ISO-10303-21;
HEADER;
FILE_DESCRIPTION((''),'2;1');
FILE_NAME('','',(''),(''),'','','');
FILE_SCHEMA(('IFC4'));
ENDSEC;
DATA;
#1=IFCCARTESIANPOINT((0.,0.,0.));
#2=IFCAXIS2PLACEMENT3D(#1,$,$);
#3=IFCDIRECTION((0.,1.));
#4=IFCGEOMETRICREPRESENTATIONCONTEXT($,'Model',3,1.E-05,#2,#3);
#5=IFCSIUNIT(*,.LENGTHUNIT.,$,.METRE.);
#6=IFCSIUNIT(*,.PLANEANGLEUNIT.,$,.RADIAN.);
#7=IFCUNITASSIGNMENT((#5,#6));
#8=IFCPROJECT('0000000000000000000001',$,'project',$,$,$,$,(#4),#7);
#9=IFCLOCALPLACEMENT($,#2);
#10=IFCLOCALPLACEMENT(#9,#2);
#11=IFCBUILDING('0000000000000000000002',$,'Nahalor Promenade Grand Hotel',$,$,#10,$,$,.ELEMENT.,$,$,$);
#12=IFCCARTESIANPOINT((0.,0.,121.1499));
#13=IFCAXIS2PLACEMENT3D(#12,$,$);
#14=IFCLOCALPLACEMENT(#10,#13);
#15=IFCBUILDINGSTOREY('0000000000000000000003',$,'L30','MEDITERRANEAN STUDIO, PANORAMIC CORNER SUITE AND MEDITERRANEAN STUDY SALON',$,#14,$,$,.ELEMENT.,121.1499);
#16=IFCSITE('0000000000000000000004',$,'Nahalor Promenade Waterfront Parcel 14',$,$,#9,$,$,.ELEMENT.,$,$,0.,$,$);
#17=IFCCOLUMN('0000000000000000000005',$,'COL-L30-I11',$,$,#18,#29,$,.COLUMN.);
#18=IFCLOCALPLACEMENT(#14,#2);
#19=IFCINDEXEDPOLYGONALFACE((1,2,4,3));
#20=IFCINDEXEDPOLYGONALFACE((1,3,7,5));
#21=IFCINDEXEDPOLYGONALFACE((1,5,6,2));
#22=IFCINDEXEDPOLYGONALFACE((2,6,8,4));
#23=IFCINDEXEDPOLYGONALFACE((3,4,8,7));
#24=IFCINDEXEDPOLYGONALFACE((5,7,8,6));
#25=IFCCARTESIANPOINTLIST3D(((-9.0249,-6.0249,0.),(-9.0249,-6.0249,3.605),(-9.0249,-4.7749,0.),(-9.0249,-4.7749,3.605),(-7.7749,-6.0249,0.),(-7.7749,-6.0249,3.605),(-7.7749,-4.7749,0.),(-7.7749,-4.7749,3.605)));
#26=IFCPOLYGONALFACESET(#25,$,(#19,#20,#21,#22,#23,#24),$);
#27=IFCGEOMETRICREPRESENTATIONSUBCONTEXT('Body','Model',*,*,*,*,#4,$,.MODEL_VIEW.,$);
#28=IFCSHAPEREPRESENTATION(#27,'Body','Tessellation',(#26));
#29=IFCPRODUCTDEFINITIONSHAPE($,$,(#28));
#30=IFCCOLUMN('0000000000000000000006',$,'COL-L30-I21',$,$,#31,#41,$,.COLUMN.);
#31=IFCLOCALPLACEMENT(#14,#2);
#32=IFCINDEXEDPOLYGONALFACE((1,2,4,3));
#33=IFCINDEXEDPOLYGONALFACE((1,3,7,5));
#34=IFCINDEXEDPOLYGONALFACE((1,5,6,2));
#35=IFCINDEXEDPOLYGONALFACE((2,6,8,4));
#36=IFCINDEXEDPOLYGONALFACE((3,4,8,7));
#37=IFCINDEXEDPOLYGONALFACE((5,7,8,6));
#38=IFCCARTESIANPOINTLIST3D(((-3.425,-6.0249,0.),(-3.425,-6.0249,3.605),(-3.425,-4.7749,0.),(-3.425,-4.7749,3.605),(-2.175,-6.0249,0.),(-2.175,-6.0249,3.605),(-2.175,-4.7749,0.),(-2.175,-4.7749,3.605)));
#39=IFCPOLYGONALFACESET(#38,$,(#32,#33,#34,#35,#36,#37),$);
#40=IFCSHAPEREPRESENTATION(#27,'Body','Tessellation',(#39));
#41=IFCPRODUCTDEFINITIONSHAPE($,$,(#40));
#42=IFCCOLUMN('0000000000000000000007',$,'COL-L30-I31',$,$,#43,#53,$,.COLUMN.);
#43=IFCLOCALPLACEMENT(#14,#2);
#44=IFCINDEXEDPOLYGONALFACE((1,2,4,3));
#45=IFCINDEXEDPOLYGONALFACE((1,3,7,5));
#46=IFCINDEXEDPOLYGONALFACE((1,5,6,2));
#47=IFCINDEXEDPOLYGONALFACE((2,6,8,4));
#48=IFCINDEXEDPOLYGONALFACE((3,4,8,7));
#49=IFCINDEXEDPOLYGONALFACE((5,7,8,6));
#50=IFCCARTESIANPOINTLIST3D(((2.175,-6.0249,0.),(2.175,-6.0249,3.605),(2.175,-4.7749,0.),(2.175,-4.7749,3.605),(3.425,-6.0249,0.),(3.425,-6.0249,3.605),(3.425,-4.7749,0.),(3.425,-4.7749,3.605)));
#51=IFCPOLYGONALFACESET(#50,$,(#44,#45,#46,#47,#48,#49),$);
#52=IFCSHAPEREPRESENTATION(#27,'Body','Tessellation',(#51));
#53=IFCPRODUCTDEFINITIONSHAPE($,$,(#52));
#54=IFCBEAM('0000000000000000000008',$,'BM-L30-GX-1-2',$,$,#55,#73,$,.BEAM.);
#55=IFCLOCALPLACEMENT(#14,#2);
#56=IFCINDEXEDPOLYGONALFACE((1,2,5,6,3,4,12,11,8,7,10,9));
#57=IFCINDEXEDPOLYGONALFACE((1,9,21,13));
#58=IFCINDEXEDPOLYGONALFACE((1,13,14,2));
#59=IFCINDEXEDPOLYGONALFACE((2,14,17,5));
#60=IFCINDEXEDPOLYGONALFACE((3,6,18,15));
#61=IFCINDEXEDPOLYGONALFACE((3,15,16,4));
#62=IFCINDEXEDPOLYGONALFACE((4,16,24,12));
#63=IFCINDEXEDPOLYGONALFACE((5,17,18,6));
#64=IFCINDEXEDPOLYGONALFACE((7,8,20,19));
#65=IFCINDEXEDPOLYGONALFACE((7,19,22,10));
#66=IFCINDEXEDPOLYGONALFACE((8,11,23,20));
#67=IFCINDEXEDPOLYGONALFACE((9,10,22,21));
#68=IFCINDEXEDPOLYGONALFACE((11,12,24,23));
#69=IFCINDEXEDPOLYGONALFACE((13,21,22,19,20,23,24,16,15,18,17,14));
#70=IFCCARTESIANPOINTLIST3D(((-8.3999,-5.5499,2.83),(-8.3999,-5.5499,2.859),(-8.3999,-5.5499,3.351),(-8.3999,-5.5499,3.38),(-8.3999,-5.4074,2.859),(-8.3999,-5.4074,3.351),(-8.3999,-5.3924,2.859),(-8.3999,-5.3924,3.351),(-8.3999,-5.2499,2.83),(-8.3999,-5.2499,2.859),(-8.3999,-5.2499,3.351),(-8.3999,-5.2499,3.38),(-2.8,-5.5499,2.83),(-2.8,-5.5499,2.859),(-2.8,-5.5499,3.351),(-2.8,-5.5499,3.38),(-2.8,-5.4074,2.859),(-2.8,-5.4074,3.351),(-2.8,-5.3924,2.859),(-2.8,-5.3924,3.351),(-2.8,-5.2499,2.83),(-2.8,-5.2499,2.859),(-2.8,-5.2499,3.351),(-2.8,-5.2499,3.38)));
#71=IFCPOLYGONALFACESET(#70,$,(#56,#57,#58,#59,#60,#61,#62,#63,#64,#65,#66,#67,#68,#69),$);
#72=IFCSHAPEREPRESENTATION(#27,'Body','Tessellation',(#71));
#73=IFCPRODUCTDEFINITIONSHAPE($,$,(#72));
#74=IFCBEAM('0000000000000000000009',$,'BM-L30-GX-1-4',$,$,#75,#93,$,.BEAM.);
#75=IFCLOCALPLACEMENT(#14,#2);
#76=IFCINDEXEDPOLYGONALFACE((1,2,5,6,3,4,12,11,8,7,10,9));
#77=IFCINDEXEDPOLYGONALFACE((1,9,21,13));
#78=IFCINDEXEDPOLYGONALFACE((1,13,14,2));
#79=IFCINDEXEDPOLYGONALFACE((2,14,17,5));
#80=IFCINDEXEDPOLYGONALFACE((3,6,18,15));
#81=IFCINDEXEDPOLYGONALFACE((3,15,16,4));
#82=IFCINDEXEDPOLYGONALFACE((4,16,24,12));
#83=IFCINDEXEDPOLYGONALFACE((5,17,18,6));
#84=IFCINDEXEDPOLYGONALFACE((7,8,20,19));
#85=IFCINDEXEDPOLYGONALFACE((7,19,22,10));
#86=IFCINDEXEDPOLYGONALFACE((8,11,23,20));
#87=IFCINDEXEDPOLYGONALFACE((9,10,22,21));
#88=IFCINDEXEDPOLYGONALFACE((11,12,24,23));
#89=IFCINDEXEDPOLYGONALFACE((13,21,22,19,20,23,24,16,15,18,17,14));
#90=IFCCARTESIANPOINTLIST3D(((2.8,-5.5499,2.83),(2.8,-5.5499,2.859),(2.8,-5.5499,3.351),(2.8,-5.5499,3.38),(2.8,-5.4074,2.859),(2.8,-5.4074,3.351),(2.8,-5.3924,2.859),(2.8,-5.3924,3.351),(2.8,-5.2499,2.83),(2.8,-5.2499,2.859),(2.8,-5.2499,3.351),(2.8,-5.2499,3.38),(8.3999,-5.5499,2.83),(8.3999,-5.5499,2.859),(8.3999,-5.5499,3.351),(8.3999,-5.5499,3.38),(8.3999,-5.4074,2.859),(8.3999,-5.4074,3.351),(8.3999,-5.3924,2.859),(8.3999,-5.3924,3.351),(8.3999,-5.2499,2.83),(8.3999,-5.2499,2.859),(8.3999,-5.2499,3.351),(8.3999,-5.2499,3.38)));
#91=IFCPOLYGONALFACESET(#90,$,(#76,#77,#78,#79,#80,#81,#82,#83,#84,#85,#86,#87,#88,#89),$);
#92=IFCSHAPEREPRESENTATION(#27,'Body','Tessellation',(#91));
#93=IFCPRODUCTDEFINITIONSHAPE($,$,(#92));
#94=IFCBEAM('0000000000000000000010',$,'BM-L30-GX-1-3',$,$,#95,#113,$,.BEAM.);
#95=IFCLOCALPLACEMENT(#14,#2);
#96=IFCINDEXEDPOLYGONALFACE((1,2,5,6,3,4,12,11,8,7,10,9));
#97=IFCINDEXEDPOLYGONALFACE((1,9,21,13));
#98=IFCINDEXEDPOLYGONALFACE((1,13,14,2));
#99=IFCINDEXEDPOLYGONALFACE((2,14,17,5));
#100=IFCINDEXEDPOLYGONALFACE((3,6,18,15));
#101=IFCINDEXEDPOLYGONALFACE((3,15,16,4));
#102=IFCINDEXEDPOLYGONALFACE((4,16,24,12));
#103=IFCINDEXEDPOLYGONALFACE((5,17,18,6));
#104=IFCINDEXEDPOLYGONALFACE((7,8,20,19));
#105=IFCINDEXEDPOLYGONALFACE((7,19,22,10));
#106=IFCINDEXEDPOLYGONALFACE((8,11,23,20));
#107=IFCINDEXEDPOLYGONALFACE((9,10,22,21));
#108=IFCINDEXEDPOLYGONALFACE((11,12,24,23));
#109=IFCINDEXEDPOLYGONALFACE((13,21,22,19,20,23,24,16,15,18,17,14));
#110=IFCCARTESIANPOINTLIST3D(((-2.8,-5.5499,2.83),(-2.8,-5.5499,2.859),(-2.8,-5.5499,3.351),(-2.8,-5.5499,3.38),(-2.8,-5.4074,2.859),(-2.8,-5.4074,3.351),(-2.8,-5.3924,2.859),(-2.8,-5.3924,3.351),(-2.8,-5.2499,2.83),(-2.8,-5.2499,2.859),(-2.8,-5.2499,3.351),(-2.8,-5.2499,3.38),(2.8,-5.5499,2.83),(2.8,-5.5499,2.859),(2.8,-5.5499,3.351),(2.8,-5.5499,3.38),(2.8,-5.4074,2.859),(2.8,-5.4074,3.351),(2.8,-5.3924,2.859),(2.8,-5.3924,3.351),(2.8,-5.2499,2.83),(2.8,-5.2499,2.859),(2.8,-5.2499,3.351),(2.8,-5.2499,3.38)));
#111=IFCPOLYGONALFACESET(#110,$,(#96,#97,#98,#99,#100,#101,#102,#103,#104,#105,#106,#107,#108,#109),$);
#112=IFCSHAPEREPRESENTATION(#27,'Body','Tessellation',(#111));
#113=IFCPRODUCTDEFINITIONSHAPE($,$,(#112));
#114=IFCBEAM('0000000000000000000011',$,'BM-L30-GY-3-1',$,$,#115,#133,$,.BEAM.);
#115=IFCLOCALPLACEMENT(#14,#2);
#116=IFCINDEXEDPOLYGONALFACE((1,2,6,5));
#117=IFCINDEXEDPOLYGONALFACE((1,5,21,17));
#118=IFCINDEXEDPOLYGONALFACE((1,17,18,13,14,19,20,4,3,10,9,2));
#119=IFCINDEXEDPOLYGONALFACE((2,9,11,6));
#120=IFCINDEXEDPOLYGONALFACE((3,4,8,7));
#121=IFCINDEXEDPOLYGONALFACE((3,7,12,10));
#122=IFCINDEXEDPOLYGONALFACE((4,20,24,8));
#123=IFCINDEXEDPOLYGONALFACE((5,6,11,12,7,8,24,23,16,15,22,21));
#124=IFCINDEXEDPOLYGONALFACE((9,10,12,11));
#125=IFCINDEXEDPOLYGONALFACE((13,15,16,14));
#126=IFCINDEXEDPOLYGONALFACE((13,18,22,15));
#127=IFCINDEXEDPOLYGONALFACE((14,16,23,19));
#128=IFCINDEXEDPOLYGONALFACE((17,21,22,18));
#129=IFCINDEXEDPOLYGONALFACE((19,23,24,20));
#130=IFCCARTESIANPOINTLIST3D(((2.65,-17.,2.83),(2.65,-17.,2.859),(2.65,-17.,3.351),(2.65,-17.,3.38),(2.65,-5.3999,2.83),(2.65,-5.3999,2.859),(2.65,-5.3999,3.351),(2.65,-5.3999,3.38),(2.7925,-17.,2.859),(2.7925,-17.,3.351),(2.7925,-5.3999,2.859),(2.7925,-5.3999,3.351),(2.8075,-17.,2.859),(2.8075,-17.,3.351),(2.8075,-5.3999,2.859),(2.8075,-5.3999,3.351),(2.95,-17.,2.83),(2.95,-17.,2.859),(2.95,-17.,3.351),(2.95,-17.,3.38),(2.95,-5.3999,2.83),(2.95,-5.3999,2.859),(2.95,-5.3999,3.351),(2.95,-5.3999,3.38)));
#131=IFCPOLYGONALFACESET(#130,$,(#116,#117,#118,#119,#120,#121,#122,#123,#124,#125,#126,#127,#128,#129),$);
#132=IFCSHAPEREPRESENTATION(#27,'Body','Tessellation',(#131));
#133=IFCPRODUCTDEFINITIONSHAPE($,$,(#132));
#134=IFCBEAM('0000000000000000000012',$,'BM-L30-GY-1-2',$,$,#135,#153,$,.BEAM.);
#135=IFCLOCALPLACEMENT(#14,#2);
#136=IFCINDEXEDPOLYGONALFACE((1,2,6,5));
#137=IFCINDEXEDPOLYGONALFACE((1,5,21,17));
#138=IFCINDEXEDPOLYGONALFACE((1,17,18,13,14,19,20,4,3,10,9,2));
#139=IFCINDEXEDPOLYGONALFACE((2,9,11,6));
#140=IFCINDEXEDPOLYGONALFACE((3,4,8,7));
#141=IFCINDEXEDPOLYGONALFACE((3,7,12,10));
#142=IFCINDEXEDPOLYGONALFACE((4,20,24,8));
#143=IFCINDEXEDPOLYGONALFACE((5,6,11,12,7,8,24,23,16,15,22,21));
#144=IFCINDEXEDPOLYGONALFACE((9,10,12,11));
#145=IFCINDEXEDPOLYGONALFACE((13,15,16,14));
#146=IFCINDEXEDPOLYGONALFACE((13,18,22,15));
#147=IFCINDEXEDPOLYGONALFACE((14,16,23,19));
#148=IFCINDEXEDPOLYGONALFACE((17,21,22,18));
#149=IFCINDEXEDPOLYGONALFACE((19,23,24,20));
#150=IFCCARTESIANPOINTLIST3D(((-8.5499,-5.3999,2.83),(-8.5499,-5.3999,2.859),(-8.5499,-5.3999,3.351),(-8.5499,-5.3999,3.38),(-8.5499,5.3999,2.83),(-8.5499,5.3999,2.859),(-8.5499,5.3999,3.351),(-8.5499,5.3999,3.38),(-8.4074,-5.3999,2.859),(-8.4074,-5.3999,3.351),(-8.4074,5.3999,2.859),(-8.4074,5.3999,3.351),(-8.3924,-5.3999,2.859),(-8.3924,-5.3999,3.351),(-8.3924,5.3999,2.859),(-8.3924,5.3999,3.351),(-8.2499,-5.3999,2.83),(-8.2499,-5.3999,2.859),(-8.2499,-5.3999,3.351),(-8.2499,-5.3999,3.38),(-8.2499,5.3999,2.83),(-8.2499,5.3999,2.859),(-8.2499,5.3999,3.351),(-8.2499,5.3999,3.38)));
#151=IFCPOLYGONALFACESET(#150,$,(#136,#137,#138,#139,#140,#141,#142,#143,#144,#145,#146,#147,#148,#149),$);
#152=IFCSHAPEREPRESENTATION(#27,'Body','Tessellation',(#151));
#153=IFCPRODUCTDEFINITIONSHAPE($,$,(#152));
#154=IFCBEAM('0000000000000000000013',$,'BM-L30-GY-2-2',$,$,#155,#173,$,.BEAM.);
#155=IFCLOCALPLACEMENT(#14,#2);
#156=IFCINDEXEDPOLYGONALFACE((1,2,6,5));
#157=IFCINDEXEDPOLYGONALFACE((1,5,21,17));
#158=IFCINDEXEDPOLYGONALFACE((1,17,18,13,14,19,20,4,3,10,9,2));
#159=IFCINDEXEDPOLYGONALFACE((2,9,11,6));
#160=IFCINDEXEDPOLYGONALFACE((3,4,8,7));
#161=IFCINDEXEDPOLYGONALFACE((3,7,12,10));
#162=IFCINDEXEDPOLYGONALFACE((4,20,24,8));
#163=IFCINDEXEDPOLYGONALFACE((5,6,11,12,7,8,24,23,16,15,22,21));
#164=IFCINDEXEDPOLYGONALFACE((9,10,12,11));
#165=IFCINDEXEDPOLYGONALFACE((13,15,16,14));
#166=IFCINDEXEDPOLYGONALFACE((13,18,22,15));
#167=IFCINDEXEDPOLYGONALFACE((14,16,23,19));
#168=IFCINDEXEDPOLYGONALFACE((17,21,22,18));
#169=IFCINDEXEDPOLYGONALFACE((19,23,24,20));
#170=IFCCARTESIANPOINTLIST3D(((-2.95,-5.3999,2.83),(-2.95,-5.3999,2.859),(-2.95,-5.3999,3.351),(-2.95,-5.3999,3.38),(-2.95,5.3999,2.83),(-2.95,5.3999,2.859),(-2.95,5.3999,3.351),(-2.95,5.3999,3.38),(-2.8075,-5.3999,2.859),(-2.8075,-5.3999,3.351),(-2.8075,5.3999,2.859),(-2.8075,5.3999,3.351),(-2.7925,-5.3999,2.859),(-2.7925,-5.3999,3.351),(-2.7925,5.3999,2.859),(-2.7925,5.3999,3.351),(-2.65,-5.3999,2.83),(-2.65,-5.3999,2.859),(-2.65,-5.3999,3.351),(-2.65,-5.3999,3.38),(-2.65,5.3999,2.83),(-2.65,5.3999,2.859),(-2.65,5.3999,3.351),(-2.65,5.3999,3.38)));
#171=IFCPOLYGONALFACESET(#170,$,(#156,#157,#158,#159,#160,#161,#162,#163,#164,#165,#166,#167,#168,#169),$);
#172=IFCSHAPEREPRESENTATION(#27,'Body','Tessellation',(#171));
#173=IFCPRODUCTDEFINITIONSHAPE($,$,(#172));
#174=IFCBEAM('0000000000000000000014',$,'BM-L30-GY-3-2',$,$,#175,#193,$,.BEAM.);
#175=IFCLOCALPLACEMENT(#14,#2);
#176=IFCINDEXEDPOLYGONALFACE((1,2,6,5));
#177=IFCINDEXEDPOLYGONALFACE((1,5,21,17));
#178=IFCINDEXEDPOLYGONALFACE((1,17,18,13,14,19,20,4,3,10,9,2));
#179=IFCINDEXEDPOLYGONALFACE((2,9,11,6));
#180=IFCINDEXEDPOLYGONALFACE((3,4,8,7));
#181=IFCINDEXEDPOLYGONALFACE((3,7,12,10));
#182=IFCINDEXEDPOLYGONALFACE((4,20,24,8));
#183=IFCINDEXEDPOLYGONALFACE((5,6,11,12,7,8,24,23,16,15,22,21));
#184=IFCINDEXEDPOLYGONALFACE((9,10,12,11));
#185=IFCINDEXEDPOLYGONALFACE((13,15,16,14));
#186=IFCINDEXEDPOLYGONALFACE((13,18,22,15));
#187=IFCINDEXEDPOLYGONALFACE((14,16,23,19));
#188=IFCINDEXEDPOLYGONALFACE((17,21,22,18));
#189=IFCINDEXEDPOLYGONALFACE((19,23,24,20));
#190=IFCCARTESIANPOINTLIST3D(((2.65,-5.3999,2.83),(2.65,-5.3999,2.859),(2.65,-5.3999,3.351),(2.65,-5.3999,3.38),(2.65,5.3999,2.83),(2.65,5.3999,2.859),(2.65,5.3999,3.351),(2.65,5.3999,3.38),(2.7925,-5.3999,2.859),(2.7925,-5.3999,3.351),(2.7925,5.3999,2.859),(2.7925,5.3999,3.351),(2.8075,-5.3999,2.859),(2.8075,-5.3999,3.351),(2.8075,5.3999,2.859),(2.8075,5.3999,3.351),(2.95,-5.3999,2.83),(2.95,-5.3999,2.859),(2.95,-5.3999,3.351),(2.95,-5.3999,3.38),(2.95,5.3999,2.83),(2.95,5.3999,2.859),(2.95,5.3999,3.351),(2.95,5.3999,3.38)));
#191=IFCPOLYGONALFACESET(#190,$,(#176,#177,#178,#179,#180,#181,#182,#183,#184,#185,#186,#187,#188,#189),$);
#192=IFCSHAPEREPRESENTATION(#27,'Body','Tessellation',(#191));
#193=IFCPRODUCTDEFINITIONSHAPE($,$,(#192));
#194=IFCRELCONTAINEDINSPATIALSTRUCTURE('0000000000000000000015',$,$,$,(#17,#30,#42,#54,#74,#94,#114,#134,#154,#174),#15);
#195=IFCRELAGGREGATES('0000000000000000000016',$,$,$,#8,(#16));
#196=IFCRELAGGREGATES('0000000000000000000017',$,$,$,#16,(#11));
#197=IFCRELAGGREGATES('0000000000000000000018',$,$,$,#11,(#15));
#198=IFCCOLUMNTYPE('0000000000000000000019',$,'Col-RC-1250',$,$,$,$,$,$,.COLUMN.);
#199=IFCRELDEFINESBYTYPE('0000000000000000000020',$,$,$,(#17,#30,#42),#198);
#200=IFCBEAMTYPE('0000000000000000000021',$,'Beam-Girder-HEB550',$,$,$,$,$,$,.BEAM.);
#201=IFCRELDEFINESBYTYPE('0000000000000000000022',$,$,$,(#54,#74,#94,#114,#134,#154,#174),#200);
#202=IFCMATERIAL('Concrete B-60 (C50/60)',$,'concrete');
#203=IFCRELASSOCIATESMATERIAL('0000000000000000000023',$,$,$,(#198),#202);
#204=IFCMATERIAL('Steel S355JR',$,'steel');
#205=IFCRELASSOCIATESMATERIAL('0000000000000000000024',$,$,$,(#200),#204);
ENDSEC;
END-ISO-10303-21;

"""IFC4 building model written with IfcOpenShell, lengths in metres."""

from ifc_helpers import new_model, si_unit, direction, frame, origin, origin_2d, place, context, subcontext, project, spatial, rectangle, i_section, extrude, source, transform, mapped, material, material_profile, profile_set, type_object, element, save


model = new_model("IFC4")

# Units and contexts
model_context = context("Model", 3, precision=1e-05, world=origin(), true_north=direction((0.0, 1.0)))
body_context = subcontext(model_context, "Body", "Model", "MODEL_VIEW")
ifc_project = project(units=[si_unit("LENGTHUNIT", "METRE"), si_unit("PLANEANGLEUNIT", "RADIAN")], contexts=[model_context])

# Site, building, storey
site_placement = place(None, origin())
site = spatial("IfcSite", under=ifc_project, at=site_placement, Name="Nahalor Promenade Waterfront Parcel 14", CompositionType="ELEMENT", RefElevation=0.0)
building_placement = place(site_placement, origin())
building = spatial("IfcBuilding", under=site, at=building_placement, Name="Nahalor Promenade Grand Hotel", CompositionType="ELEMENT")
storey_placement = place(building_placement, frame((0.0, 0.0, 121.1499)))
storey = spatial("IfcBuildingStorey", under=building, at=storey_placement, Name="L30", Description="MEDITERRANEAN STUDIO, PANORAMIC CORNER SUITE AND MEDITERRANEAN STUDY SALON", CompositionType="ELEMENT", Elevation=121.1499)

# Columns
ifc_material_1 = material(Name="Concrete B-60 (C50/60)", Category="concrete")
ifc_material_profile_1 = material_profile(ifc_material_1, rectangle(XDim=1.25, YDim=1.25, at=origin_2d()), Name="RC 1250x1250")
ifc_profile_set_1 = profile_set([ifc_material_profile_1], Name="Concrete B-60 (C50/60)")
column_type = type_object("IfcColumnType", Name="Col-RC-1250", PredefinedType="COLUMN", material=ifc_profile_set_1)
shared_shape_1 = source(origin(), body_context, "Body", "SweptSolid", [
    extrude(rectangle(XDim=1.25, YDim=1.25, at=origin_2d()), origin(), (0.0, 0.0, 1.0), 3.605),
])
for number, where, z_axis, x_axis, name in (
    (1, (-8.3999, -5.3999, 0.0), (0.0, 0.0, 1.0), (1.0, 0.0, 0.0), "COL-L30-I11"),
    (2, (-2.8, -5.3999, 0.0), (0.0, 0.0, 1.0), (1.0, 0.0, 0.0), "COL-L30-I21"),
    (3, (2.8, -5.3999, 0.0), (0.0, 0.0, 1.0), (1.0, 0.0, 0.0), "COL-L30-I31"),
):
    element("IfcColumn", number, at=place(storey_placement, frame(where, z_axis=z_axis, x_axis=x_axis)), inside=storey, type_object=column_type, Name=name, PredefinedType="COLUMN", context=body_context, shape_type="MappedRepresentation", body=[
        mapped(shared_shape_1, transform((0.0, 0.0, 0.0), scale=1.0)),
    ])

# Beams
ifc_material_2 = material(Name="Steel S355JR", Category="steel")
ifc_material_profile_2 = material_profile(ifc_material_2, i_section(OverallWidth=0.3, OverallDepth=0.55, WebThickness=0.015, FlangeThickness=0.029, at=origin_2d()), Name="HEB 550")
ifc_profile_set_2 = profile_set([ifc_material_profile_2], Name="Steel S355JR")
beam_type = type_object("IfcBeamType", Name="Beam-Girder-HEB550", PredefinedType="BEAM", material=ifc_profile_set_2)
shared_shape_2 = source(origin(), body_context, "Body", "SweptSolid", [
    extrude(i_section(OverallWidth=0.3, OverallDepth=0.55, WebThickness=0.015, FlangeThickness=0.029, at=origin_2d()), origin(), (0.0, 0.0, 1.0), 5.5999),
])
for number, where, z_axis, x_axis, name in (
    (4, (-8.3999, -5.3999, 3.105), (1.0, 0.0, 0.0), (0.0, 1.0, 0.0), "BM-L30-GX-1-2"),
    (5, (2.8, -5.3999, 3.105), (1.0, 0.0, 0.0), (0.0, 1.0, 0.0), "BM-L30-GX-1-4"),
):
    element("IfcBeam", number, at=place(storey_placement, frame(where, z_axis=z_axis, x_axis=x_axis)), inside=storey, type_object=beam_type, Name=name, PredefinedType="BEAM", context=body_context, shape_type="MappedRepresentation", body=[
        mapped(shared_shape_2, transform((0.0, 0.0, 0.0), scale=1.0)),
    ])
shared_shape_3 = source(origin(), body_context, "Body", "SweptSolid", [
    extrude(i_section(OverallWidth=0.3, OverallDepth=0.55, WebThickness=0.015, FlangeThickness=0.029, at=origin_2d()), origin(), (0.0, 0.0, 1.0), 5.6001),
])
beam_1_placement = place(storey_placement, frame((-2.8, -5.3999, 3.105), z_axis=(1.0, 0.0, 0.0), x_axis=(0.0, 1.0, 0.0)))
element("IfcBeam", 6, at=beam_1_placement, inside=storey, type_object=beam_type, Name="BM-L30-GX-1-3", PredefinedType="BEAM", context=body_context, shape_type="MappedRepresentation", body=[
    mapped(shared_shape_3, transform((0.0, 0.0, 0.0), scale=1.0)),
])
shared_shape_4 = source(origin(), body_context, "Body", "SweptSolid", [
    extrude(i_section(OverallWidth=0.3, OverallDepth=0.55, WebThickness=0.015, FlangeThickness=0.029, at=origin_2d()), origin(), (0.0, 0.0, 1.0), 11.6001),
])
beam_2_placement = place(storey_placement, frame((2.8, -17.0, 3.105), z_axis=(0.0, 1.0, 0.0), x_axis=(-1.0, 0.0, 0.0)))
element("IfcBeam", 7, at=beam_2_placement, inside=storey, type_object=beam_type, Name="BM-L30-GY-3-1", PredefinedType="BEAM", context=body_context, shape_type="MappedRepresentation", body=[
    mapped(shared_shape_4, transform((0.0, 0.0, 0.0), scale=1.0)),
])
shared_shape_5 = source(origin(), body_context, "Body", "SweptSolid", [
    extrude(i_section(OverallWidth=0.3, OverallDepth=0.55, WebThickness=0.015, FlangeThickness=0.029, at=origin_2d()), origin(), (0.0, 0.0, 1.0), 10.7998),
])
for number, where, z_axis, x_axis, name in (
    (8, (-8.3999, -5.3999, 3.105), (0.0, 1.0, 0.0), (-1.0, 0.0, 0.0), "BM-L30-GY-1-2"),
    (9, (-2.8, -5.3999, 3.105), (0.0, 1.0, 0.0), (-1.0, 0.0, 0.0), "BM-L30-GY-2-2"),
    (10, (2.8, -5.3999, 3.105), (0.0, 1.0, 0.0), (-1.0, 0.0, 0.0), "BM-L30-GY-3-2"),
):
    element("IfcBeam", number, at=place(storey_placement, frame(where, z_axis=z_axis, x_axis=x_axis)), inside=storey, type_object=beam_type, Name=name, PredefinedType="BEAM", context=body_context, shape_type="MappedRepresentation", body=[
        mapped(shared_shape_5, transform((0.0, 0.0, 0.0), scale=1.0)),
    ])

save(model, "model.ifc")
